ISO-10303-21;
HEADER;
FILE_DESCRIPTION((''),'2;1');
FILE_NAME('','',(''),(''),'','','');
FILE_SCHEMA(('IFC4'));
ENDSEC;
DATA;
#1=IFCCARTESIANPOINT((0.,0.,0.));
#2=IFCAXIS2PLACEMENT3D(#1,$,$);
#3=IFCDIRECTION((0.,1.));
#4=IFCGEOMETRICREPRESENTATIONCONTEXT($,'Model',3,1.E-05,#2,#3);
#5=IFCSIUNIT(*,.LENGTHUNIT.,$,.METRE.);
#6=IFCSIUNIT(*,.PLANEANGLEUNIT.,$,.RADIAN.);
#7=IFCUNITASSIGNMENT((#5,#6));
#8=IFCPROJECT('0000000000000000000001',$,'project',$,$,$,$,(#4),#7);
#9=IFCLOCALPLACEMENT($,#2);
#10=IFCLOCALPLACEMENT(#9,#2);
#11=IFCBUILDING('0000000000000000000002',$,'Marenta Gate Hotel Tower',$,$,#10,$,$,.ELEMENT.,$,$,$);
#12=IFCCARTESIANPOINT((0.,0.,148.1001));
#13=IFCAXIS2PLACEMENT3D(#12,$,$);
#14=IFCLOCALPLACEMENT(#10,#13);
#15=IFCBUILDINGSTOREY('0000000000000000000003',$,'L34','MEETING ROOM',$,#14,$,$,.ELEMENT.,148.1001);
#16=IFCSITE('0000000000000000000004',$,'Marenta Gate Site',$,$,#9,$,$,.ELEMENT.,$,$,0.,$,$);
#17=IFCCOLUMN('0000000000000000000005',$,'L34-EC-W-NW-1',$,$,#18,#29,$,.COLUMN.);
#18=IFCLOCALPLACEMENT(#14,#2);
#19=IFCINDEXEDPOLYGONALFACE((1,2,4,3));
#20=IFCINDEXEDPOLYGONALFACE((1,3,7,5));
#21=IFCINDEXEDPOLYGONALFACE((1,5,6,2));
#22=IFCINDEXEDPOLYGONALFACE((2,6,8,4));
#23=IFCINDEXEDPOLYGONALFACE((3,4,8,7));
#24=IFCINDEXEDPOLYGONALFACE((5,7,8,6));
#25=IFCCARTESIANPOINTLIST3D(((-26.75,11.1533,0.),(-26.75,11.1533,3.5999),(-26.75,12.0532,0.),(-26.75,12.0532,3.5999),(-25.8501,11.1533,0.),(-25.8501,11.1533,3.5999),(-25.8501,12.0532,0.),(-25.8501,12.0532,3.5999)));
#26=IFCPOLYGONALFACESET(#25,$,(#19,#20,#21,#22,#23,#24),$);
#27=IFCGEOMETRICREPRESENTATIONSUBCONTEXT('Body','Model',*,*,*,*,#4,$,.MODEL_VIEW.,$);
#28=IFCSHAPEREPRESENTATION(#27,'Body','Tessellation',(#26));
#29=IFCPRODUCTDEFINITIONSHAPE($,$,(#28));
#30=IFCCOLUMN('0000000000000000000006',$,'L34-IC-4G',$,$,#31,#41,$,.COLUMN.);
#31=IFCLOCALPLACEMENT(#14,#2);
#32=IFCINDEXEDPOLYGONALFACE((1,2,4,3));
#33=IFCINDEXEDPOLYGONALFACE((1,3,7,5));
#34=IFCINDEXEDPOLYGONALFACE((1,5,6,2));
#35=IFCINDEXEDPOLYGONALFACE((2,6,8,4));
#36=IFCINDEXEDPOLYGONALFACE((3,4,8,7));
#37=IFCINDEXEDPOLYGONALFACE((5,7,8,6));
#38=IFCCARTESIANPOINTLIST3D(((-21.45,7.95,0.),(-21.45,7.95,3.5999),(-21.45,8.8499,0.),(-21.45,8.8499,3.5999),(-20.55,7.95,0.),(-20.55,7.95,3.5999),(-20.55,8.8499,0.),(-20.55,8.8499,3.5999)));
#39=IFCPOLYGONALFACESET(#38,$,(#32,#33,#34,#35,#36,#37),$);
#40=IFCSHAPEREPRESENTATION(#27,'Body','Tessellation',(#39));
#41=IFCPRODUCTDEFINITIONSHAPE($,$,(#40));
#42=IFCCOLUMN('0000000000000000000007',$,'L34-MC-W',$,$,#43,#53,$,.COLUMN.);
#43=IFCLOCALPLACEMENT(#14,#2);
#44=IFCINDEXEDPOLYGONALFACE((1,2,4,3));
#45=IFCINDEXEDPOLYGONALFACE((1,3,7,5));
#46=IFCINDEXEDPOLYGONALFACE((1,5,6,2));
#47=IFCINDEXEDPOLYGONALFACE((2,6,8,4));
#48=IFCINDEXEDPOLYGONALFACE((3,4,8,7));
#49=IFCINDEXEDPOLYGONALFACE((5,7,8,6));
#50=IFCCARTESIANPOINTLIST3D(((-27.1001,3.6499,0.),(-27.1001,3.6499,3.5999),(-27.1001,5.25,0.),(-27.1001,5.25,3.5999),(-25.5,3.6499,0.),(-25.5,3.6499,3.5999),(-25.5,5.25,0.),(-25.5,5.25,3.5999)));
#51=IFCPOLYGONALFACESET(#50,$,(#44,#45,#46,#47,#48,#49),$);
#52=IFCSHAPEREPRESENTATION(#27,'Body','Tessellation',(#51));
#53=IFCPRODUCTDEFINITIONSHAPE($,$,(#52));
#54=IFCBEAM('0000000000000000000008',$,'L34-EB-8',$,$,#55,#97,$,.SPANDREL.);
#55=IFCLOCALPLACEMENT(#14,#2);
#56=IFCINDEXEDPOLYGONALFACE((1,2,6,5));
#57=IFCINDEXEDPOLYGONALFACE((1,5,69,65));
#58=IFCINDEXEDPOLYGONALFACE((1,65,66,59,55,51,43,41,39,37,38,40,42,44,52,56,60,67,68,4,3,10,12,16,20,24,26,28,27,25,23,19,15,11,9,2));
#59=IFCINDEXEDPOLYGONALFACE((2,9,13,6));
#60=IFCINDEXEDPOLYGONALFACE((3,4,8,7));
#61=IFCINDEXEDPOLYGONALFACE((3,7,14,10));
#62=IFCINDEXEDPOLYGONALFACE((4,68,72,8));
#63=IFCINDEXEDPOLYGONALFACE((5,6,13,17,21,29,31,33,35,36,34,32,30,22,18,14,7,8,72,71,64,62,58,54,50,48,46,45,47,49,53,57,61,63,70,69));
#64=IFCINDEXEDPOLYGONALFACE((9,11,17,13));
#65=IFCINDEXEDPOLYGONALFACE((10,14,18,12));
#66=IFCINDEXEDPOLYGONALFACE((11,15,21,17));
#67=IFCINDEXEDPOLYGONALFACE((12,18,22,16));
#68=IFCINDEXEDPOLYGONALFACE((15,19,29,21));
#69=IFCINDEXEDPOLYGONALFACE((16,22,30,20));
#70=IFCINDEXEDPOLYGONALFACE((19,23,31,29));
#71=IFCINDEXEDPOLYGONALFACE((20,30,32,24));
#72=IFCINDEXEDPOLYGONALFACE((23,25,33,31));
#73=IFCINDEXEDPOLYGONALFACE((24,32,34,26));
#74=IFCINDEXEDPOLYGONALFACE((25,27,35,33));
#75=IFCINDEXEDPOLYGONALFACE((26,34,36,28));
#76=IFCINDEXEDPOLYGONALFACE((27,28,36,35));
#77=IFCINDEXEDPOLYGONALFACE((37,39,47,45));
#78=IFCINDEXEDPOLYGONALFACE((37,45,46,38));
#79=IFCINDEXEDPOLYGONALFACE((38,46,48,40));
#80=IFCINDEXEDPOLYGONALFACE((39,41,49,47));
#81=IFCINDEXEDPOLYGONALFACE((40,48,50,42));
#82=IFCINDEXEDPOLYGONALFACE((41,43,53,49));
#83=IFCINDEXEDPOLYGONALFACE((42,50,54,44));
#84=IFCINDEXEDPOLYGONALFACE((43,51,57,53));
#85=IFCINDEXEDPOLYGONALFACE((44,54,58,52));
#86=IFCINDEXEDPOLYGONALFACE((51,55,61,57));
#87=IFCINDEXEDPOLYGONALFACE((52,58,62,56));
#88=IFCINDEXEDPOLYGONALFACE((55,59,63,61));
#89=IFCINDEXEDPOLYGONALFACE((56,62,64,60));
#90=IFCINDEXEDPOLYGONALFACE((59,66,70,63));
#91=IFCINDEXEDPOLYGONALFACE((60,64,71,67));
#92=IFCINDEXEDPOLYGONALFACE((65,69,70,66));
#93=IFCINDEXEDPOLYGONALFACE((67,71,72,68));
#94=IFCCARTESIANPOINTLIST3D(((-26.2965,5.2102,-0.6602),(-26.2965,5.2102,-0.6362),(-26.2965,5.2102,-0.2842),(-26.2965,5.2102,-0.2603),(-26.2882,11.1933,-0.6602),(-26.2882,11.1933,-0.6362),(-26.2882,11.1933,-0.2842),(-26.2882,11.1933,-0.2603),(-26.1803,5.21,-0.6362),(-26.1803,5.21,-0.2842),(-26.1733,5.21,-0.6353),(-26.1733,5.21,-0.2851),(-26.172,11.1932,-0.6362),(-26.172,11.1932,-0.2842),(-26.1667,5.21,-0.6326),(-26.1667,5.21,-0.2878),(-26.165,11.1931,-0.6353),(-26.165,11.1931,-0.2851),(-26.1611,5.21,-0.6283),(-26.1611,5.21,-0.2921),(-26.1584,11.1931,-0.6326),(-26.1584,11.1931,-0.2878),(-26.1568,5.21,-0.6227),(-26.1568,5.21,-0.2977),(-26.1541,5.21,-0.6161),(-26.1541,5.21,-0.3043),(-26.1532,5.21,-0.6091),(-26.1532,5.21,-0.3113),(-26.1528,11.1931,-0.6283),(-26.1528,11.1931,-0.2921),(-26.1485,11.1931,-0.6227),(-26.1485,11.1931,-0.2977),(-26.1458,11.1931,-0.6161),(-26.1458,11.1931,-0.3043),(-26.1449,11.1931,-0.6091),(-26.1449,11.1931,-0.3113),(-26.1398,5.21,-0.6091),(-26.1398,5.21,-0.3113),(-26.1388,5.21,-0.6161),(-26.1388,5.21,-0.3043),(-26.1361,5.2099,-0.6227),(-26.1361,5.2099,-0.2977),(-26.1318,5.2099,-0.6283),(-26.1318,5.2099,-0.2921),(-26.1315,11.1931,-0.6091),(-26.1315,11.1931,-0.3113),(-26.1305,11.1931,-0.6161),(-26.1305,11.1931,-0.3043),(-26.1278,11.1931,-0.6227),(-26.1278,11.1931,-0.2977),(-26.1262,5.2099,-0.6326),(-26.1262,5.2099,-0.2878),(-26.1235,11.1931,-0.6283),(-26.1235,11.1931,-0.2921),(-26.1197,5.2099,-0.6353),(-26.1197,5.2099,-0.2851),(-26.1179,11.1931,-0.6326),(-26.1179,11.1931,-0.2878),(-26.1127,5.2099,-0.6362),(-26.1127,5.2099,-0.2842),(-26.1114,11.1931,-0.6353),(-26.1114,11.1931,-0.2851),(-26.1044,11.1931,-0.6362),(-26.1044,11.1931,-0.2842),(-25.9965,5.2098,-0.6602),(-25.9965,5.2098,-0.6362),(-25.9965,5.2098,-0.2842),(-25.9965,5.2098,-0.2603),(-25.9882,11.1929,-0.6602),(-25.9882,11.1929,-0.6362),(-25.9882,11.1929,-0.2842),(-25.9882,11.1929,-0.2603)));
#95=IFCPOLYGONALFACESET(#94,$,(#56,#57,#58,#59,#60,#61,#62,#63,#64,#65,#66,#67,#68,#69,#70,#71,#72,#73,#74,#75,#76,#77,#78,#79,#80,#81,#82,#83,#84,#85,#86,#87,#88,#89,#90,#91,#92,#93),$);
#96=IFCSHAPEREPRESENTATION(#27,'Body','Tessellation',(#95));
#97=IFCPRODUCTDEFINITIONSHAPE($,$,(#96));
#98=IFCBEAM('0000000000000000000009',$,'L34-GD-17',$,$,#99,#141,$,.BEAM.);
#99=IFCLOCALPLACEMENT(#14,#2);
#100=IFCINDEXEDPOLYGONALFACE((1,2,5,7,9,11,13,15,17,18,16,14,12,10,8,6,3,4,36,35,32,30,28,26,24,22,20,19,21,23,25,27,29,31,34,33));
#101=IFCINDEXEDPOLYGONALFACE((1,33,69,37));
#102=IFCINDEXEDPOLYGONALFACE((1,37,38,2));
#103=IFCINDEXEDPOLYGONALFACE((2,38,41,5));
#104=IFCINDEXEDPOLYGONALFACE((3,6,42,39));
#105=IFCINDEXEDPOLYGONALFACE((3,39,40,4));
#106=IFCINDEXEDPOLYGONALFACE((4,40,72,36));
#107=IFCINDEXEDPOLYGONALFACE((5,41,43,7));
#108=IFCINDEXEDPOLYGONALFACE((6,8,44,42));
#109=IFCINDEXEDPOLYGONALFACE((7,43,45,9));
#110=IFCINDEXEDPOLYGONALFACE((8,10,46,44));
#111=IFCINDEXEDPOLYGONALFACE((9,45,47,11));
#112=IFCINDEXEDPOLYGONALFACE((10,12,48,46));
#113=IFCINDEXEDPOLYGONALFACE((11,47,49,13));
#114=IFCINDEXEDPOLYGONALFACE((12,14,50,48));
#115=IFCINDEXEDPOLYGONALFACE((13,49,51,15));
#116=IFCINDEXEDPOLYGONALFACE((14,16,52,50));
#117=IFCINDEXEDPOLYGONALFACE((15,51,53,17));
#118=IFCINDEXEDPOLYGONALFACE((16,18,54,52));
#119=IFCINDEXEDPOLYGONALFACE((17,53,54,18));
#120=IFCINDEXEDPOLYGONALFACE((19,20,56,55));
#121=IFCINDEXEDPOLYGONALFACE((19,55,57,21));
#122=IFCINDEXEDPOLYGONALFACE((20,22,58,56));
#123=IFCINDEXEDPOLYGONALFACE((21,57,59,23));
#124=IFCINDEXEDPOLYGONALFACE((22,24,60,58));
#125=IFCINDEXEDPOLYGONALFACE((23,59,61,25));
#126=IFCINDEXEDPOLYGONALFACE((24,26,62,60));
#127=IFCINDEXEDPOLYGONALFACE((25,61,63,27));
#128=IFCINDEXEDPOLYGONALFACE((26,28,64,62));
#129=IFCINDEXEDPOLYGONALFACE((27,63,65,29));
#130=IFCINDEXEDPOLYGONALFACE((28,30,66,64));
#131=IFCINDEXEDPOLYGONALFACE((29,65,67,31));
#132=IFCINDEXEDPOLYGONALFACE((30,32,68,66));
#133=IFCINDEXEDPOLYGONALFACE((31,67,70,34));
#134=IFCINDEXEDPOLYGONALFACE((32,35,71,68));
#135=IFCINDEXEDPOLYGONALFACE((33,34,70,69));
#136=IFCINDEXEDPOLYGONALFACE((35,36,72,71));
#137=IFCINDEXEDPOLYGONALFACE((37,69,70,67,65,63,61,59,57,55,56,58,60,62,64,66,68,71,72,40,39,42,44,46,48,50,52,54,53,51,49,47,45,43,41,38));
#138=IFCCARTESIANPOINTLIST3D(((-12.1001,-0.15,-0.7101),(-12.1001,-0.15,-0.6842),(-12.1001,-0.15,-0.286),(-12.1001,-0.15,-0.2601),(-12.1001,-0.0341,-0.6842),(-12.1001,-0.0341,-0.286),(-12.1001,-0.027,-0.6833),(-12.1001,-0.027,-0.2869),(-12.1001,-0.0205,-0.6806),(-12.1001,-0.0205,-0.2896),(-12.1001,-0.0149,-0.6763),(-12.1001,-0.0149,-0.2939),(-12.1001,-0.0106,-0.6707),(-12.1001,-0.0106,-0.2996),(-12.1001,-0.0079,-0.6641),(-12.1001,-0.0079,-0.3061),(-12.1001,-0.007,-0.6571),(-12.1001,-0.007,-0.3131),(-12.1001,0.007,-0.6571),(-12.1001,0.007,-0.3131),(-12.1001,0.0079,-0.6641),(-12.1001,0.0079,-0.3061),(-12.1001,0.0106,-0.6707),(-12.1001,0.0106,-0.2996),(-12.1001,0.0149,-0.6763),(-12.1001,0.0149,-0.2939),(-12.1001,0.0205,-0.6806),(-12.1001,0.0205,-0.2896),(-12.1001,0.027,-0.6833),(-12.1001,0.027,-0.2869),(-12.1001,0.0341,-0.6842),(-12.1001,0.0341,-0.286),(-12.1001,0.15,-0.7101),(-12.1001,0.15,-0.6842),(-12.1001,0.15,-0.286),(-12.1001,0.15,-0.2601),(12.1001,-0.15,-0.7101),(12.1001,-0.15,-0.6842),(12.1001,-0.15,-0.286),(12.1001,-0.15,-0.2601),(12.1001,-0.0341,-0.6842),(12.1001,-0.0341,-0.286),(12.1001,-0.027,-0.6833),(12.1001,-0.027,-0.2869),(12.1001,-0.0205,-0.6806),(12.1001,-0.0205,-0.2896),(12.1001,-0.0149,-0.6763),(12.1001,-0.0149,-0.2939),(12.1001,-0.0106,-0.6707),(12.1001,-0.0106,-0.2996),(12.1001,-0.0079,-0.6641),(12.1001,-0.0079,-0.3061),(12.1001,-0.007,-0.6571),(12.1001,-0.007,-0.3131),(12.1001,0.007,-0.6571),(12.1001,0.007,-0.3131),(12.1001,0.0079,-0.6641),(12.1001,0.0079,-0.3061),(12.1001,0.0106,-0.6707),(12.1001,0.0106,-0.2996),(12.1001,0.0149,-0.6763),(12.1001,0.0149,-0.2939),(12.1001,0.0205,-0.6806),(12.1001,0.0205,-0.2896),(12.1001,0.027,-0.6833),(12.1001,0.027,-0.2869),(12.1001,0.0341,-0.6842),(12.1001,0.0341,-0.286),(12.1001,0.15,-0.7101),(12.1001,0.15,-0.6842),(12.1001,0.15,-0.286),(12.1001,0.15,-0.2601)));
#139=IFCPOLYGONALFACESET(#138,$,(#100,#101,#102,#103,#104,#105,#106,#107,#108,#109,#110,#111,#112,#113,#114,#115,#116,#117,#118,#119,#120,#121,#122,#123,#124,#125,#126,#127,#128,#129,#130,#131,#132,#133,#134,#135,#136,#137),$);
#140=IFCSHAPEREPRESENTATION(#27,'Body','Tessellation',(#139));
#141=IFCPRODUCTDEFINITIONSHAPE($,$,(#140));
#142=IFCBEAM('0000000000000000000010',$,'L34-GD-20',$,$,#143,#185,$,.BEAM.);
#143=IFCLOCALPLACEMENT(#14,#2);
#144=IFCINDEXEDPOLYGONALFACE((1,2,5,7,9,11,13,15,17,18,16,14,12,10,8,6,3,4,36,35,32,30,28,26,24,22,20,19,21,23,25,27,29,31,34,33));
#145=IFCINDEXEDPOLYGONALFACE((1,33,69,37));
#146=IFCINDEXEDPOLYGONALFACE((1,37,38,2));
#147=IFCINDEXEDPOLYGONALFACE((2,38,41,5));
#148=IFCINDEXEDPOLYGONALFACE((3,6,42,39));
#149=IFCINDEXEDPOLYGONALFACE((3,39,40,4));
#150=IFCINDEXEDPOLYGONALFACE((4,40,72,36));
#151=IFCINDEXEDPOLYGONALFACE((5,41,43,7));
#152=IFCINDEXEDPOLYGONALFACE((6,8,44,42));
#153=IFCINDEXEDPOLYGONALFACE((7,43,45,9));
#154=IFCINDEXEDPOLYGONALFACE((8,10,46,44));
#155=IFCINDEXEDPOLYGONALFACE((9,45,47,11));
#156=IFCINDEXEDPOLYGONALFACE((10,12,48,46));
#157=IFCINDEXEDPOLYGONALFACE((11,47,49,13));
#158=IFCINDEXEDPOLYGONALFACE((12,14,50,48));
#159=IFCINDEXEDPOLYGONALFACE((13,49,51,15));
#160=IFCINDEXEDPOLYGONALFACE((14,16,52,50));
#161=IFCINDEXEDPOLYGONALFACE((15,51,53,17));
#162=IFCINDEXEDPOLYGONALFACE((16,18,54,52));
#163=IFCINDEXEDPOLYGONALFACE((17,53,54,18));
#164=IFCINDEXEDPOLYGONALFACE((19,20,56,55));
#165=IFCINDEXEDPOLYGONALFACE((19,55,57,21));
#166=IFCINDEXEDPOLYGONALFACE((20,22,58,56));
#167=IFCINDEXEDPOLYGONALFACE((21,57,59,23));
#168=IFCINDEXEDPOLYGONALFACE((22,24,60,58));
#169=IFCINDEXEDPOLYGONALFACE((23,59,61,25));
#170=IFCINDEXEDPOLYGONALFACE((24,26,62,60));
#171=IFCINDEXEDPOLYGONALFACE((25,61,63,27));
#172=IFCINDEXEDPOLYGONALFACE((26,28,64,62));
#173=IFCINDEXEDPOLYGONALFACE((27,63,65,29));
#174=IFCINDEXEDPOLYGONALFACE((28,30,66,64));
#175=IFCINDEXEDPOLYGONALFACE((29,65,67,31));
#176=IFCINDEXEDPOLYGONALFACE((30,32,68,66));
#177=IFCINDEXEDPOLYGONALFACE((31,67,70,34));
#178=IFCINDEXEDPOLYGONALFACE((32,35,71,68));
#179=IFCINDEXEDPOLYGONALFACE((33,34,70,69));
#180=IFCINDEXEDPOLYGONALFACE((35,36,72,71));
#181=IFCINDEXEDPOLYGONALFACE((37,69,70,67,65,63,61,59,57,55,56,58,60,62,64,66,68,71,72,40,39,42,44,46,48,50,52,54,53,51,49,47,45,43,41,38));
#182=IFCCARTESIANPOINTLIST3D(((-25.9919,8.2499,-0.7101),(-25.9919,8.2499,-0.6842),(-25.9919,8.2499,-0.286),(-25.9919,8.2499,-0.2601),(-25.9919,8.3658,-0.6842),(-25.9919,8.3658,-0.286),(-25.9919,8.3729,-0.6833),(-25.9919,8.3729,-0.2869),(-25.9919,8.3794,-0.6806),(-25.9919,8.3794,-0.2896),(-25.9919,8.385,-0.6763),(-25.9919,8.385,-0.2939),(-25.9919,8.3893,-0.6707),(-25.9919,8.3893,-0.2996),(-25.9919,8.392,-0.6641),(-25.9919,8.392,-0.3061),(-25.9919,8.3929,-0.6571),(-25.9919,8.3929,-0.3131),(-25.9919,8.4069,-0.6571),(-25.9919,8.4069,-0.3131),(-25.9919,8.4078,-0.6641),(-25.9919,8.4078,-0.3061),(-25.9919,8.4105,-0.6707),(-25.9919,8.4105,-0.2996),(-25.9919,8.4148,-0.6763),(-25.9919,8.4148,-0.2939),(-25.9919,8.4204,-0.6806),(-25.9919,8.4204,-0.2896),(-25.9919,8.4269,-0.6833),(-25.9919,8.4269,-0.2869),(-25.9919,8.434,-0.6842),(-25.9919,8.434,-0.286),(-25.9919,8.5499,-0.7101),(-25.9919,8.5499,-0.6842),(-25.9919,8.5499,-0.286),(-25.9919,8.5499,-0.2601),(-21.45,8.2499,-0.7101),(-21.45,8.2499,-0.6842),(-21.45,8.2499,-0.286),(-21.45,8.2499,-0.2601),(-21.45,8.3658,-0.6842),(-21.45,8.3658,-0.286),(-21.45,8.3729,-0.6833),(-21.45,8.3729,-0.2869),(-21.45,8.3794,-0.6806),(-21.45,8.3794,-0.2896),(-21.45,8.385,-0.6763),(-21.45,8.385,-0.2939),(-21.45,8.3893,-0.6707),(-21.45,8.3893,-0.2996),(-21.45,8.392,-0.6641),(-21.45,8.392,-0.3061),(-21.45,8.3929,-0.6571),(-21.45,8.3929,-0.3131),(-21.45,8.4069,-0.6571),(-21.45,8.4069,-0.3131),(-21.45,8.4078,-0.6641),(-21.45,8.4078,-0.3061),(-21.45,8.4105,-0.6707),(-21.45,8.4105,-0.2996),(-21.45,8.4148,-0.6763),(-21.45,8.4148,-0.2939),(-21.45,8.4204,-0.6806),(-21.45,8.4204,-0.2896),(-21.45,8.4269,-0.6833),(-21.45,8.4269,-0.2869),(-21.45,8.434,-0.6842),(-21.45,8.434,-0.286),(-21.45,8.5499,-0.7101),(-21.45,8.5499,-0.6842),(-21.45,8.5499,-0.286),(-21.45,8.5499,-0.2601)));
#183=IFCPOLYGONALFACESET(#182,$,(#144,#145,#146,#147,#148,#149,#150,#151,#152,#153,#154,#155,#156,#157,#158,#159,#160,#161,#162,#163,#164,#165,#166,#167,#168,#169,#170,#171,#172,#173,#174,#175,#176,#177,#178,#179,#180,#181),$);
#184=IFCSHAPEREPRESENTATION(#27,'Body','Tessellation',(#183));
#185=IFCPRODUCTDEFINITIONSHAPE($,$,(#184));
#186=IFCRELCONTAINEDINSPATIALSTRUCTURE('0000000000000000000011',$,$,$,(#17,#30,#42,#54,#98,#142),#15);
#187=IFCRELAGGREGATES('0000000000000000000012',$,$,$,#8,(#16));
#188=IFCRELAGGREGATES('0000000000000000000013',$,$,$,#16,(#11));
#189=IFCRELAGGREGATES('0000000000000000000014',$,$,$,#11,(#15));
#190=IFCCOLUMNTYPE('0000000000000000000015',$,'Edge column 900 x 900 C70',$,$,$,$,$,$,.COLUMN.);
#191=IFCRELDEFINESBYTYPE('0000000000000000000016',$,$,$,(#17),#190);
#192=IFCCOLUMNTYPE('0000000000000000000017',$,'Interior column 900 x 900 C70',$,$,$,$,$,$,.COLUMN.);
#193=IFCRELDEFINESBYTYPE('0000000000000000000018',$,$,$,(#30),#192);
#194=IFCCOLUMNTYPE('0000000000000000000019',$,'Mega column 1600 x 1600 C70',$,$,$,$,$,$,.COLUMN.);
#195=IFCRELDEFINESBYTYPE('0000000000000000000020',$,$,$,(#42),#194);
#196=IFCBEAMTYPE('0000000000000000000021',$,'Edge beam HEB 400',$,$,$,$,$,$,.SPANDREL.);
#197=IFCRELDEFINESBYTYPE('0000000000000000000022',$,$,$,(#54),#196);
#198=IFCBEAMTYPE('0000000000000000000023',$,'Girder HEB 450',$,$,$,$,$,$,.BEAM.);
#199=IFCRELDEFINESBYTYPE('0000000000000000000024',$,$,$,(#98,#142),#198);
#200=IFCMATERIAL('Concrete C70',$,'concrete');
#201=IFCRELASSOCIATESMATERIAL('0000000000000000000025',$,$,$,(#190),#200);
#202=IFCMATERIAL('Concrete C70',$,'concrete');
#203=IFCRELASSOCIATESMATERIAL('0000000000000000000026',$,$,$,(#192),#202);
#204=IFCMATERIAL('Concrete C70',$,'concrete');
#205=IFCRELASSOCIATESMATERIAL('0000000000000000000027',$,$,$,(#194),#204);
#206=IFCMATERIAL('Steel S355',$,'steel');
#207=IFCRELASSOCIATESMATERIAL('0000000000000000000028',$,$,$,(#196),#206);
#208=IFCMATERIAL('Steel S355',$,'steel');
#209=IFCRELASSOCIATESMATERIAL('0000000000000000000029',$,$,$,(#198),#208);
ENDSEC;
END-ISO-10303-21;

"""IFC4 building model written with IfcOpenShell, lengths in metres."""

from ifc_helpers import new_model, si_unit, direction, frame, origin, origin_2d, place, context, subcontext, project, spatial, rectangle, i_section, extrude, material, material_profile, profile_set, type_object, element, save


model = new_model("IFC4")

# Units and contexts
model_context = context("Model", 3, precision=1e-05, world=origin(), true_north=direction((0.0, 1.0)))
body_context = subcontext(model_context, "Body", "Model", "MODEL_VIEW")
ifc_project = project(units=[si_unit("LENGTHUNIT", "METRE"), si_unit("PLANEANGLEUNIT", "RADIAN")], contexts=[model_context])

# Site, building, storey
site_placement = place(None, origin())
site = spatial("IfcSite", under=ifc_project, at=site_placement, Name="Marenta Gate Site", CompositionType="ELEMENT", RefElevation=0.0)
building_placement = place(site_placement, origin())
building = spatial("IfcBuilding", under=site, at=building_placement, Name="Marenta Gate Hotel Tower", CompositionType="ELEMENT")
storey_placement = place(building_placement, frame((0.0, 0.0, 148.1001)))
storey = spatial("IfcBuildingStorey", under=building, at=storey_placement, Name="L34", Description="MEETING ROOM", CompositionType="ELEMENT", Elevation=148.1001)

# Columns
ifc_material_1 = material(Name="Concrete C70", Category="concrete")
ifc_material_profile_1 = material_profile(ifc_material_1, rectangle(XDim=0.8999, YDim=0.8999, at=origin_2d()), Name="900 x 900")
ifc_profile_set_1 = profile_set([ifc_material_profile_1], Name="Concrete C70")
column_type_1 = type_object("IfcColumnType", Name="Edge column 900 x 900 C70", PredefinedType="COLUMN", material=ifc_profile_set_1)
column_1_placement = place(storey_placement, frame((-26.3, 11.6033, 0.0), z_axis=(0.0, 0.0, 1.0), x_axis=(1.0, 0.0, 0.0)))
element("IfcColumn", 1, at=column_1_placement, inside=storey, type_object=column_type_1, Name="L34-EC-W-NW-1", PredefinedType="COLUMN", context=body_context, shape_type="SweptSolid", body=[
    extrude(rectangle(XDim=0.8999, YDim=0.8999, at=origin_2d()), origin(), (0.0, 0.0, 1.0), 3.5999),
])
ifc_material_2 = material(Name="Concrete C70", Category="concrete")
ifc_material_profile_2 = material_profile(ifc_material_2, rectangle(XDim=0.8999, YDim=0.8999, at=origin_2d()), Name="900 x 900")
ifc_profile_set_2 = profile_set([ifc_material_profile_2], Name="Concrete C70")
column_type_2 = type_object("IfcColumnType", Name="Interior column 900 x 900 C70", PredefinedType="COLUMN", material=ifc_profile_set_2)
column_2_placement = place(storey_placement, frame((-21.0, 8.3999, 0.0), z_axis=(0.0, 0.0, 1.0), x_axis=(1.0, 0.0, 0.0)))
element("IfcColumn", 2, at=column_2_placement, inside=storey, type_object=column_type_2, Name="L34-IC-4G", PredefinedType="COLUMN", context=body_context, shape_type="SweptSolid", body=[
    extrude(rectangle(XDim=0.8999, YDim=0.8999, at=origin_2d()), origin(), (0.0, 0.0, 1.0), 3.5999),
])
ifc_material_3 = material(Name="Concrete C70", Category="concrete")
ifc_material_profile_3 = material_profile(ifc_material_3, rectangle(XDim=1.6001, YDim=1.6001, at=origin_2d()), Name="1600 x 1600")
ifc_profile_set_3 = profile_set([ifc_material_profile_3], Name="Concrete C70")
column_type_3 = type_object("IfcColumnType", Name="Mega column 1600 x 1600 C70", PredefinedType="COLUMN", material=ifc_profile_set_3)
column_3_placement = place(storey_placement, frame((-26.3, 4.45, 0.0), z_axis=(0.0, 0.0, 1.0), x_axis=(1.0, 0.0, 0.0)))
element("IfcColumn", 3, at=column_3_placement, inside=storey, type_object=column_type_3, Name="L34-MC-W", PredefinedType="COLUMN", context=body_context, shape_type="SweptSolid", body=[
    extrude(rectangle(XDim=1.6001, YDim=1.6001, at=origin_2d()), origin(), (0.0, 0.0, 1.0), 3.5999),
])

# Beams
ifc_material_4 = material(Name="Steel S355", Category="steel")
ifc_material_profile_4 = material_profile(ifc_material_4, i_section(OverallWidth=0.3, OverallDepth=0.3999, WebThickness=0.0134, FlangeThickness=0.0239, FilletRadius=0.0271, at=origin_2d()), Name="HEB 400")
ifc_profile_set_4 = profile_set([ifc_material_profile_4], Name="Steel S355")
beam_type_1 = type_object("IfcBeamType", Name="Edge beam HEB 400", PredefinedType="SPANDREL", material=ifc_profile_set_4)
beam_1_placement = place(storey_placement, frame((-26.1465, 5.21, -0.4602), z_axis=(0.001387, 0.999999, 0.0), x_axis=(-0.999999, 0.001387, 0.0)))
element("IfcBeam", 4, at=beam_1_placement, inside=storey, type_object=beam_type_1, Name="L34-EB-8", PredefinedType="SPANDREL", context=body_context, shape_type="SweptSolid", body=[
    extrude(i_section(OverallWidth=0.3, OverallDepth=0.3999, WebThickness=0.0134, FlangeThickness=0.0239, FilletRadius=0.0271, at=origin_2d()), origin(), (0.0, 0.0, 1.0), 5.9832),
])
ifc_material_5 = material(Name="Steel S355", Category="steel")
ifc_material_profile_5 = material_profile(ifc_material_5, i_section(OverallWidth=0.3, OverallDepth=0.45, WebThickness=0.0139, FlangeThickness=0.0259, FilletRadius=0.0271, at=origin_2d()), Name="HEB 450")
ifc_profile_set_5 = profile_set([ifc_material_profile_5], Name="Steel S355")
beam_type_2 = type_object("IfcBeamType", Name="Girder HEB 450", PredefinedType="BEAM", material=ifc_profile_set_5)
beam_2_placement = place(storey_placement, frame((-12.1001, 0.0, -0.4851), z_axis=(1.0, 0.0, 0.0), x_axis=(0.0, 1.0, 0.0)))
element("IfcBeam", 5, at=beam_2_placement, inside=storey, type_object=beam_type_2, Name="L34-GD-17", PredefinedType="BEAM", context=body_context, shape_type="SweptSolid", body=[
    extrude(i_section(OverallWidth=0.3, OverallDepth=0.45, WebThickness=0.0139, FlangeThickness=0.0259, FilletRadius=0.0271, at=origin_2d()), origin(), (0.0, 0.0, 1.0), 24.2002),
])
beam_3_placement = place(storey_placement, frame((-25.9919, 8.3999, -0.4851), z_axis=(1.0, 0.0, 0.0), x_axis=(0.0, 1.0, 0.0)))
element("IfcBeam", 6, at=beam_3_placement, inside=storey, type_object=beam_type_2, Name="L34-GD-20", PredefinedType="BEAM", context=body_context, shape_type="SweptSolid", body=[
    extrude(i_section(OverallWidth=0.3, OverallDepth=0.45, WebThickness=0.0139, FlangeThickness=0.0259, FilletRadius=0.0271, at=origin_2d()), origin(), (0.0, 0.0, 1.0), 4.542),
])

save(model, "model.ifc")
